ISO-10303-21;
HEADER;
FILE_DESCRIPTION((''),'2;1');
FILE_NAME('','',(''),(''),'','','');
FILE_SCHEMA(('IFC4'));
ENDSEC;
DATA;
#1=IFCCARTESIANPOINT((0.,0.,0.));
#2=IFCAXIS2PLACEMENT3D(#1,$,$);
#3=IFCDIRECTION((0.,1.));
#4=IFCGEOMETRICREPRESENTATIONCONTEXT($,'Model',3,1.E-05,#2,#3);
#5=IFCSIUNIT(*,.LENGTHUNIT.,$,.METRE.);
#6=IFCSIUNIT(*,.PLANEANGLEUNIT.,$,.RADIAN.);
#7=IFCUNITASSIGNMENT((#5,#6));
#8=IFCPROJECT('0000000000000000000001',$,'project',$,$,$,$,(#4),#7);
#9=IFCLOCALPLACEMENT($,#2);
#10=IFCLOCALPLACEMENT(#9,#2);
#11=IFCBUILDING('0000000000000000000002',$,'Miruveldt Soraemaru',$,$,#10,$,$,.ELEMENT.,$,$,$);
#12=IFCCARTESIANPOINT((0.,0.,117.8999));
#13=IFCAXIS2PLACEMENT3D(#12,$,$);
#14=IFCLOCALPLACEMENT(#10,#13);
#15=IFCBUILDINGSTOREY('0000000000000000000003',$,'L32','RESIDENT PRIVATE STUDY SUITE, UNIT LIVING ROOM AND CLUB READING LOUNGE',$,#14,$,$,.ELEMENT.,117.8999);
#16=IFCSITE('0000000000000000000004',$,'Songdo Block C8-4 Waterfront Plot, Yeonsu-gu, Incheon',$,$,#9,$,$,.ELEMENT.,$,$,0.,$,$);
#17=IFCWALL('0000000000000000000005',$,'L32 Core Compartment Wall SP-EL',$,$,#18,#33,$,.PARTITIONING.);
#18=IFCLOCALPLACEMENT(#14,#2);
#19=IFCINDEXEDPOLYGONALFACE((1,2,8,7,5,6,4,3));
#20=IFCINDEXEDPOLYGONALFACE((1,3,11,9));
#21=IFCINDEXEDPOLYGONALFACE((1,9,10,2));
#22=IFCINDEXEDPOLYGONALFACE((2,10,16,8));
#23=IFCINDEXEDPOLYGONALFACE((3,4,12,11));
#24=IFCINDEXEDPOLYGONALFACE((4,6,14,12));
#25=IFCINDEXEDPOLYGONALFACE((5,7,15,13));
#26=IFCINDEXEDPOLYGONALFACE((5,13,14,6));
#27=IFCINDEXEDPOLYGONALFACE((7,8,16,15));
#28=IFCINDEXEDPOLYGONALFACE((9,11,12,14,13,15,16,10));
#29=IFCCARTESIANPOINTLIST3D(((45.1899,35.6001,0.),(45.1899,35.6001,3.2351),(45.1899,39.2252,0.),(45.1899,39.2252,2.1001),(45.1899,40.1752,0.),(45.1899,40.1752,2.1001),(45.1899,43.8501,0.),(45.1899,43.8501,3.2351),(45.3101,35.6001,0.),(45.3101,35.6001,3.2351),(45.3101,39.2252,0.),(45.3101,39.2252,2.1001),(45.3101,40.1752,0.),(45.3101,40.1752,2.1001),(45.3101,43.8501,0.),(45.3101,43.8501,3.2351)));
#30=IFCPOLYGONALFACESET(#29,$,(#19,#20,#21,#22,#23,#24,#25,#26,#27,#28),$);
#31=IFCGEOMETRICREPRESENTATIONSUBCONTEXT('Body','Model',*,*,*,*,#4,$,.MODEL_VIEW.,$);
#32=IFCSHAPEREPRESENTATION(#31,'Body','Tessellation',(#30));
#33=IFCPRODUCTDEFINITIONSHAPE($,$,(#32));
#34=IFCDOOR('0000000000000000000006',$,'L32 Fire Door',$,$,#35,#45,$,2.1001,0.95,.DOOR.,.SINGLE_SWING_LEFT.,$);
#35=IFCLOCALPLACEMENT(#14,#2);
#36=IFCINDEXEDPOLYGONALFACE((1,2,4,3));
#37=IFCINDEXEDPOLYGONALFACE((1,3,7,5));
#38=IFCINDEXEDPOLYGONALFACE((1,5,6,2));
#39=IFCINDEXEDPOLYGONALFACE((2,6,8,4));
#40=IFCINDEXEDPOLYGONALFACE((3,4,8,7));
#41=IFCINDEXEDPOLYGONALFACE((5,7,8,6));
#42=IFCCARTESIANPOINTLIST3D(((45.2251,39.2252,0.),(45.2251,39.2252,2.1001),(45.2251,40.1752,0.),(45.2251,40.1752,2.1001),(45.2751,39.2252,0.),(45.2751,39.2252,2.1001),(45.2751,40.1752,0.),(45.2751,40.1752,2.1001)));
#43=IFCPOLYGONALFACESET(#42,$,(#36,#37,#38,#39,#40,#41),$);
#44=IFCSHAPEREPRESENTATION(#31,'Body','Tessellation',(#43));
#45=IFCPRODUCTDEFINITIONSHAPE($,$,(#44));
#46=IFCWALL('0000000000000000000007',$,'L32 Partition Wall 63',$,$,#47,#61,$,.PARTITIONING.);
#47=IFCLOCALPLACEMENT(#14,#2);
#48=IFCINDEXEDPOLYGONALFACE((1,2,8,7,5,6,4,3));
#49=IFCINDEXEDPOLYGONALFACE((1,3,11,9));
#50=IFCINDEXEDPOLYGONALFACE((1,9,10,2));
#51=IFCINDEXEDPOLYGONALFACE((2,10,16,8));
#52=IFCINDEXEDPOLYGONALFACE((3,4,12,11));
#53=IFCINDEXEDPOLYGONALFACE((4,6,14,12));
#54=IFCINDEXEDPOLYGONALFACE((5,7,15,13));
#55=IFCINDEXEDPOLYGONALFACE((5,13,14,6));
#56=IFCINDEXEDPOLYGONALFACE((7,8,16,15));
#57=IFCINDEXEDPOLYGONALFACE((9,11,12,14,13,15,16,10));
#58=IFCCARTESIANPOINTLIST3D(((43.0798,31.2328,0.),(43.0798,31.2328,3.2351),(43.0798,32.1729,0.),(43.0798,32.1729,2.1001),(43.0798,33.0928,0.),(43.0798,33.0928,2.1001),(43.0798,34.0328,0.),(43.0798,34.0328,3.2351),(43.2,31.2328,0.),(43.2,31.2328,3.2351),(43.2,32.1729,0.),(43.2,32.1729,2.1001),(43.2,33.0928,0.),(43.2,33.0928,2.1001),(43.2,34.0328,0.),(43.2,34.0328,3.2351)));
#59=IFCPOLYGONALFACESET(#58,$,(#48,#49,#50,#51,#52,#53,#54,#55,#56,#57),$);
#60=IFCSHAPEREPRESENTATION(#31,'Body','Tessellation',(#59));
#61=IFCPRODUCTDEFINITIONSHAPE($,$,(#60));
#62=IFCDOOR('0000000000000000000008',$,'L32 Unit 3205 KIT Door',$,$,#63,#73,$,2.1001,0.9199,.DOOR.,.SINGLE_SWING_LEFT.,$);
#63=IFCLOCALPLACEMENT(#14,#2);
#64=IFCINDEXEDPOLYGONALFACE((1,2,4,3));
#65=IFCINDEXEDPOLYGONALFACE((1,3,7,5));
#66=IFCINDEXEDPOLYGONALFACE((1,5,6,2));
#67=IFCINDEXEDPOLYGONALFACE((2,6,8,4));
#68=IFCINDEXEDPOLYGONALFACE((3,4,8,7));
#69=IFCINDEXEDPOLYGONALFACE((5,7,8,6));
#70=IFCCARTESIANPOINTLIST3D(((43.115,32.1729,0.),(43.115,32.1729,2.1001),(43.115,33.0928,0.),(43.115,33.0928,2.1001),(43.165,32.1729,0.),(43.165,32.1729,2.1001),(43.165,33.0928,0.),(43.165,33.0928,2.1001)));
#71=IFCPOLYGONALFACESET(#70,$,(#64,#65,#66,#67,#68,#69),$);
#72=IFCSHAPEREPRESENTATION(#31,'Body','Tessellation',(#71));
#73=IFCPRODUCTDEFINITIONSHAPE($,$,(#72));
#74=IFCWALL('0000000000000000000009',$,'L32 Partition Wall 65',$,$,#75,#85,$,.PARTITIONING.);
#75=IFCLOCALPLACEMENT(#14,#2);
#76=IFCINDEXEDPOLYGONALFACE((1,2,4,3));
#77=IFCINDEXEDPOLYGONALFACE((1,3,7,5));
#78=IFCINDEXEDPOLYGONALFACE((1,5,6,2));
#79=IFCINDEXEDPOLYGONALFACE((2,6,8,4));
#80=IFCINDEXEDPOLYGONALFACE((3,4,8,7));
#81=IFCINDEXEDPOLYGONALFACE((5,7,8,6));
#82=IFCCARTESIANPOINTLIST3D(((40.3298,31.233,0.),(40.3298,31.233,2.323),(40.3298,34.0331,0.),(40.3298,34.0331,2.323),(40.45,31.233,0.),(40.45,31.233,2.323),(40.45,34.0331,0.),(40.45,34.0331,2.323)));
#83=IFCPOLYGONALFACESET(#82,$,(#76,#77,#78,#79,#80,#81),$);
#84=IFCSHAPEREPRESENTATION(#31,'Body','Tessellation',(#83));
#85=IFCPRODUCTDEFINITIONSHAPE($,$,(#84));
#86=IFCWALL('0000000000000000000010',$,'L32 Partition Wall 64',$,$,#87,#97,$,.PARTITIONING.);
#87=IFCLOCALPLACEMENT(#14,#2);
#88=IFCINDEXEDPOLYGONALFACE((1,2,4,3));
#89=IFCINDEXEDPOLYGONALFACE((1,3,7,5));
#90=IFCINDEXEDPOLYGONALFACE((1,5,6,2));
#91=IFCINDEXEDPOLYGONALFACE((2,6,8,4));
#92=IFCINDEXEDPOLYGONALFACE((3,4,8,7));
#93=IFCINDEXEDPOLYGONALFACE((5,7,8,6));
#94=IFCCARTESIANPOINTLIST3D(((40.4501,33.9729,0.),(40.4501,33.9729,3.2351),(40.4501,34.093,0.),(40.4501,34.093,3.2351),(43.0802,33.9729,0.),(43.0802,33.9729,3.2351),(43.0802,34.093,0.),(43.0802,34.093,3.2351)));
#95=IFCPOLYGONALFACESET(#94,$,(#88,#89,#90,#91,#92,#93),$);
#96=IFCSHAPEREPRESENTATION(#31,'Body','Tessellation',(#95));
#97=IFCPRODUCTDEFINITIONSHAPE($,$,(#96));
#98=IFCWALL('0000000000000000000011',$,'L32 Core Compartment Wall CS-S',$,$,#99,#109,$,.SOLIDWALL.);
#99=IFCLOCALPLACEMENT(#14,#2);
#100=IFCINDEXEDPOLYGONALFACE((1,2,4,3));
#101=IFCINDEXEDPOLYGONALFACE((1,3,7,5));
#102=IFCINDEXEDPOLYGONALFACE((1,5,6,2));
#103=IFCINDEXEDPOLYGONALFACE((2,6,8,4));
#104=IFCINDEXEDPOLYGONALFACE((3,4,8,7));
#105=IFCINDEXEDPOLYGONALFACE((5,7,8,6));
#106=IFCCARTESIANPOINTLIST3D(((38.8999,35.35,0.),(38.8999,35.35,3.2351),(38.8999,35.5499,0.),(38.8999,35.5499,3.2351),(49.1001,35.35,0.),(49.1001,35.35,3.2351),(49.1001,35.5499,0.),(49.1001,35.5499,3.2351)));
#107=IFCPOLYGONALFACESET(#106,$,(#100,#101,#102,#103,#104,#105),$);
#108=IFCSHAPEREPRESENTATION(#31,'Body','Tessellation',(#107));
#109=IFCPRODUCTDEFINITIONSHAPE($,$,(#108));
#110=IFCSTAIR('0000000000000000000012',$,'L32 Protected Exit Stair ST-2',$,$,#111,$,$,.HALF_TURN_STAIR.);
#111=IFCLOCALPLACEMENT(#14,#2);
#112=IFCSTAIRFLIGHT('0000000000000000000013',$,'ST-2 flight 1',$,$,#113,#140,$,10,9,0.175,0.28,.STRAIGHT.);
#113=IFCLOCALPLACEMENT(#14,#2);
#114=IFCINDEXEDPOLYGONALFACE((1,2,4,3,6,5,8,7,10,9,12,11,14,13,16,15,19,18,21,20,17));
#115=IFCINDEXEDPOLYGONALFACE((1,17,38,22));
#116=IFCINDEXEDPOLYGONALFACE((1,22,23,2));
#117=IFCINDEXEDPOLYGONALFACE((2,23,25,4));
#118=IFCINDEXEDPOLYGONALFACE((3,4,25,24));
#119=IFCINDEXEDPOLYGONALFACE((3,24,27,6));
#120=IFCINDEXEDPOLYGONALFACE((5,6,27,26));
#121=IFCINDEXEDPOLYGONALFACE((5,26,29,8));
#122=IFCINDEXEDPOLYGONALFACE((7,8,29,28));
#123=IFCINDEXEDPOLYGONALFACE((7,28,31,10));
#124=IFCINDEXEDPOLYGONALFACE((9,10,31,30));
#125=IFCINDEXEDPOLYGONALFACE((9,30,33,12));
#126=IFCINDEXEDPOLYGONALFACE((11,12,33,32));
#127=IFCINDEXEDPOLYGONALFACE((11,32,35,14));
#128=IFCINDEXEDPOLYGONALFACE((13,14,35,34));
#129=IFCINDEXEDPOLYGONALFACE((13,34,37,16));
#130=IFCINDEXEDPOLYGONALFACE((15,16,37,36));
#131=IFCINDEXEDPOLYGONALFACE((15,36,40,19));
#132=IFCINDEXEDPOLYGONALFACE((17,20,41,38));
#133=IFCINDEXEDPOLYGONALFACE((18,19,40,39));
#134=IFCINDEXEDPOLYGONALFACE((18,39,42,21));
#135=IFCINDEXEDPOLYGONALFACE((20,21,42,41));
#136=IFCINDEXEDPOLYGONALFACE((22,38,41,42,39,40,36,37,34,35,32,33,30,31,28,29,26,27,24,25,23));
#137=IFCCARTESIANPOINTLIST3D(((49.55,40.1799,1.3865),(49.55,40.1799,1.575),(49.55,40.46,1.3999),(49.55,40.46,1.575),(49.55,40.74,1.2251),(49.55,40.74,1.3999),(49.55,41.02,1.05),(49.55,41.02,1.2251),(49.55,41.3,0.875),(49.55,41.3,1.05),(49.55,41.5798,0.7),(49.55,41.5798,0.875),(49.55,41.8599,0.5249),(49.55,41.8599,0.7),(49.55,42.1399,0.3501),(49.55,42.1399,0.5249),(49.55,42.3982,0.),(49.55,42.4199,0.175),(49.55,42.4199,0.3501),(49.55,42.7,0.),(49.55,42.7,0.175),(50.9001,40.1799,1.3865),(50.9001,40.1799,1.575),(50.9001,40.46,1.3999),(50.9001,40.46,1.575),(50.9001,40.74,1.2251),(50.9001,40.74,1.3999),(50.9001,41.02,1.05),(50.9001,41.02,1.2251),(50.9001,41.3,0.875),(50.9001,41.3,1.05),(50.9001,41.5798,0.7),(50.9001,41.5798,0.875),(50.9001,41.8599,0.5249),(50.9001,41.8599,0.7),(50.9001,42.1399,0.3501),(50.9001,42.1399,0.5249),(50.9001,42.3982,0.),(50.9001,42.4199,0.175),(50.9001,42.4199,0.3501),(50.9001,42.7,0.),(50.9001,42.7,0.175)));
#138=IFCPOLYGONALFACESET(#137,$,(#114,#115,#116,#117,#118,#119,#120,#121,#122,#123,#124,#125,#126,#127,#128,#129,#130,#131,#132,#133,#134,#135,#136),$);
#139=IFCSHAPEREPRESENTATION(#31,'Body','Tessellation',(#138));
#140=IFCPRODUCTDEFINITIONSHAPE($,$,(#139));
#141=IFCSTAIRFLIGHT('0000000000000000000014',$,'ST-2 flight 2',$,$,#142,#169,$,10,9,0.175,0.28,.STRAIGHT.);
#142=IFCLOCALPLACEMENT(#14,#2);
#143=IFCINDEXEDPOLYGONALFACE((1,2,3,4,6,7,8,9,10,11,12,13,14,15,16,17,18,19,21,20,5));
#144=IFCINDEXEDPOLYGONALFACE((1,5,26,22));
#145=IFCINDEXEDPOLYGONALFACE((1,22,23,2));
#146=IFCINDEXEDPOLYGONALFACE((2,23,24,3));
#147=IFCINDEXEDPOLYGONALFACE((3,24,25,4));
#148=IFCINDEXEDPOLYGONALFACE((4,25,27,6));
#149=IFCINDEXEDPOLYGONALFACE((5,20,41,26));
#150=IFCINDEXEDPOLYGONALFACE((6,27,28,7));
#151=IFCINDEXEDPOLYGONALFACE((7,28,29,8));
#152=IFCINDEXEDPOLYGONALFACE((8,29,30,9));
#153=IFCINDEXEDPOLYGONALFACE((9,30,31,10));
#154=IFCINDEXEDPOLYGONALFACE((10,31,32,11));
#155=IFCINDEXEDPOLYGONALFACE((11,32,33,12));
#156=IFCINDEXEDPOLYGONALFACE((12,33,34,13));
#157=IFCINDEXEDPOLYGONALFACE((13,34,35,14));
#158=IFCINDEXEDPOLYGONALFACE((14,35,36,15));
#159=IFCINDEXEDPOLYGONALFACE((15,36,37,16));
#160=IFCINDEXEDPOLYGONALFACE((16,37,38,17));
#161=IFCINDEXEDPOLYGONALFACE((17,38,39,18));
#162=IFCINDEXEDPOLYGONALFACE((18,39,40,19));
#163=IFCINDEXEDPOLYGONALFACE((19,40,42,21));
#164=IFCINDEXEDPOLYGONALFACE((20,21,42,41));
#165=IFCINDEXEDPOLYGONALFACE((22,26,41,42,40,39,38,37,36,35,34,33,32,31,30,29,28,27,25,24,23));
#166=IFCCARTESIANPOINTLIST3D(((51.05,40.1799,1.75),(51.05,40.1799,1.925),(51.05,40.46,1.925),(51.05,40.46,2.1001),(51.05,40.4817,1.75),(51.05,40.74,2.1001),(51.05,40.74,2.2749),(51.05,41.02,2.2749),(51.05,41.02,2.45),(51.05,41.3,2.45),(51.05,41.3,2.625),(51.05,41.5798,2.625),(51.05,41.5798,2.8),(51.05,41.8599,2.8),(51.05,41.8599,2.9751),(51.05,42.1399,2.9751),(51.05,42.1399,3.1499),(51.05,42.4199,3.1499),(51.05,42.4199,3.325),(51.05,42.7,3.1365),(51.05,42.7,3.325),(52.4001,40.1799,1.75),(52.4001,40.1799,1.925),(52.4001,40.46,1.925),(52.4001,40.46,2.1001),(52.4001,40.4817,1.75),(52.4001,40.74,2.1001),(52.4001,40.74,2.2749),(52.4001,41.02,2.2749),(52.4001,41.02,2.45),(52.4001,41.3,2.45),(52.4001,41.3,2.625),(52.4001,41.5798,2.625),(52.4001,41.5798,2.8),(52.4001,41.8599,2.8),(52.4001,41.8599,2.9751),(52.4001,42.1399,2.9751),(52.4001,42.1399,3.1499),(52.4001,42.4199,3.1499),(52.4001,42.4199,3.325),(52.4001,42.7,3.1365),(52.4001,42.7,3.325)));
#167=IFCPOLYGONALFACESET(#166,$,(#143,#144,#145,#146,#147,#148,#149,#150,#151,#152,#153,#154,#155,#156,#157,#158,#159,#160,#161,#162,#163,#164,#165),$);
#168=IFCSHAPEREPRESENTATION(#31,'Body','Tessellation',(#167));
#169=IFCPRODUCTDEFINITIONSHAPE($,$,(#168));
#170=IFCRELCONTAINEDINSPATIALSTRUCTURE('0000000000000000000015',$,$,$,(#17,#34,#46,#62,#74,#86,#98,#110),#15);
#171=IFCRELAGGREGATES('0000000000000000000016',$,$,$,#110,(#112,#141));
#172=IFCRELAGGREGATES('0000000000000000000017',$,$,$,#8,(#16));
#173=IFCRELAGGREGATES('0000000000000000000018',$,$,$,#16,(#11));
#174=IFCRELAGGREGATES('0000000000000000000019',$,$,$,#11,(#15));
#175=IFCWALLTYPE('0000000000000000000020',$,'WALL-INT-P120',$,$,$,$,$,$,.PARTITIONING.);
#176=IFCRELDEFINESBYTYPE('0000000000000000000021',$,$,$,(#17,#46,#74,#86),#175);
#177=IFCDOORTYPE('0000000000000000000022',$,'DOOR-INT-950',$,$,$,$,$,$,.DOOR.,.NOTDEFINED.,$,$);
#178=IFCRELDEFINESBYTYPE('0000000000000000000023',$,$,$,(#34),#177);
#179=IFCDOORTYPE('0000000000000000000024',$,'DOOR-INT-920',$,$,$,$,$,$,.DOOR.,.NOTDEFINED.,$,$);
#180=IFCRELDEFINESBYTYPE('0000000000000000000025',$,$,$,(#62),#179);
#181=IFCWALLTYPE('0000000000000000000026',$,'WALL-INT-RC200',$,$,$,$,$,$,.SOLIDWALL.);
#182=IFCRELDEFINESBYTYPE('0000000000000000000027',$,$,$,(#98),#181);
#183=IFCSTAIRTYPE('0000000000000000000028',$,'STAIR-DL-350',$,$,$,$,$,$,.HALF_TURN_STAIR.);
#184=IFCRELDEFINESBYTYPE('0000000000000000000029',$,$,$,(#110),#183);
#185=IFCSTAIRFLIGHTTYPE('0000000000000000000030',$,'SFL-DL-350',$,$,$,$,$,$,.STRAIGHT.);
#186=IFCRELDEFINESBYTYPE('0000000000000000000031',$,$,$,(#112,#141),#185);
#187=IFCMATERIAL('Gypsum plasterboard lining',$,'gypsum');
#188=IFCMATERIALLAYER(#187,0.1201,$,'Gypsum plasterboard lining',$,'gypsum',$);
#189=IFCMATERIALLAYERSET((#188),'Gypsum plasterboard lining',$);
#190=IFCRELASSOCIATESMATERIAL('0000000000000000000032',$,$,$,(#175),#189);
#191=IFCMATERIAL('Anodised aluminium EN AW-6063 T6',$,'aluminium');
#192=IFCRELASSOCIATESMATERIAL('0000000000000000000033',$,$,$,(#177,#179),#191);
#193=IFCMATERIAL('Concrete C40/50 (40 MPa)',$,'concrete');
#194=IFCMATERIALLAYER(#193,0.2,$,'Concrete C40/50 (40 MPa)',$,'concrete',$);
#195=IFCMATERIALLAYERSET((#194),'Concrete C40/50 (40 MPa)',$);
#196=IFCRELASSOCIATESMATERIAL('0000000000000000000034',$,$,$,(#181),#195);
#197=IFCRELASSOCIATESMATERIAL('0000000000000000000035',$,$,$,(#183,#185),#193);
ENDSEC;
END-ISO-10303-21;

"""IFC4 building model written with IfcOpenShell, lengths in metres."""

from ifc_helpers import new_model, si_unit, direction, frame, frame_2d, origin, place, context, subcontext, project, spatial, polyline, rectangle, outline, extrude, material, layer, layer_set, type_object, element, fill, aggregate, save


model = new_model("IFC4")

# Units and contexts
model_context = context("Model", 3, precision=1e-05, world=origin(), true_north=direction((0.0, 1.0)))
body_context = subcontext(model_context, "Body", "Model", "MODEL_VIEW")
ifc_project = project(units=[si_unit("LENGTHUNIT", "METRE"), si_unit("PLANEANGLEUNIT", "RADIAN")], contexts=[model_context])

# Site, building, storey
site_placement = place(None, origin())
site = spatial("IfcSite", under=ifc_project, at=site_placement, Name="Songdo Block C8-4 Waterfront Plot, Yeonsu-gu, Incheon", CompositionType="ELEMENT", RefElevation=0.0)
building_placement = place(site_placement, origin())
building = spatial("IfcBuilding", under=site, at=building_placement, Name="Miruveldt Soraemaru", CompositionType="ELEMENT")
storey_placement = place(building_placement, frame((0.0, 0.0, 117.8999)))
storey = spatial("IfcBuildingStorey", under=building, at=storey_placement, Name="L32", Description="RESIDENT PRIVATE STUDY SUITE, UNIT LIVING ROOM AND CLUB READING LOUNGE", CompositionType="ELEMENT", Elevation=117.8999)

# Walls, openings, doors
ifc_material_1 = material(Name="Gypsum plasterboard lining", Category="gypsum")
ifc_layer_1 = layer(ifc_material_1, 0.1201, Name="Gypsum plasterboard lining", Category="gypsum")
ifc_layer_set_1 = layer_set([ifc_layer_1], Name="Gypsum plasterboard lining")
wall_type_1 = type_object("IfcWallType", Name="WALL-INT-P120", PredefinedType="PARTITIONING", material=ifc_layer_set_1)
ifc_material_2 = material(Name="Anodised aluminium EN AW-6063 T6", Category="aluminium")
door_type_1 = type_object("IfcDoorType", Name="DOOR-INT-950", OperationType="NOTDEFINED", PredefinedType="DOOR", material=ifc_material_2)
wall_1_placement = place(storey_placement, frame((45.25, 35.6001, 0.0), z_axis=(0.0, 0.0, 1.0), x_axis=(0.0, 1.0, 0.0)))
wall_1 = element("IfcWall", 1, at=wall_1_placement, inside=storey, type_object=wall_type_1, Name="L32 Core Compartment Wall SP-EL", PredefinedType="PARTITIONING", context=body_context, shape_type="SweptSolid", body=[
    extrude(rectangle(XDim=8.25, YDim=0.1201, at=frame_2d((4.125, 0.0))), origin(), (0.0, 0.0, 1.0), 3.2351),
])
opening_1_placement = place(wall_1_placement, frame((3.625, 0.0, 0.0)))
opening_1 = element("IfcOpeningElement", 2, at=opening_1_placement, cuts=wall_1, PredefinedType="OPENING", context=body_context, shape_type="SweptSolid", body=[
    extrude(rectangle(XDim=0.95, YDim=2.1001, at=frame_2d((0.4751, 1.05))), frame((0.0, 0.0701, 0.0), z_axis=(0.0, -1.0, 0.0), x_axis=(1.0, 0.0, 0.0)), (0.0, 0.0, 1.0), 0.1401),
])
door_1_placement = place(opening_1_placement, origin())
door_1 = element("IfcDoor", 3, at=door_1_placement, inside=storey, type_object=door_type_1, Name="L32 Fire Door", OperationType="SINGLE_SWING_LEFT", OverallHeight=2.1001, OverallWidth=0.95, PredefinedType="DOOR", context=body_context, shape_type="SweptSolid", body=[
    extrude(rectangle(XDim=0.95, YDim=2.1001, at=frame_2d((0.4751, 1.05))), frame((0.0, 0.0249, 0.0), z_axis=(0.0, -1.0, 0.0), x_axis=(1.0, 0.0, 0.0)), (0.0, 0.0, 1.0), 0.05),
])
fill(opening_1, door_1)
wall_2_placement = place(storey_placement, frame((43.1399, 31.2329, 0.0), z_axis=(0.0, 0.0, 1.0), x_axis=(0.0, 1.0, 0.0)))
wall_2 = element("IfcWall", 4, at=wall_2_placement, inside=storey, type_object=wall_type_1, Name="L32 Partition Wall 63", PredefinedType="PARTITIONING", context=body_context, shape_type="SweptSolid", body=[
    extrude(rectangle(XDim=2.8, YDim=0.1201, at=frame_2d((1.3999, 0.0))), origin(), (0.0, 0.0, 1.0), 3.2351),
])
opening_2_placement = place(wall_2_placement, frame((0.9399, 0.0, 0.0)))
opening_2 = element("IfcOpeningElement", 5, at=opening_2_placement, cuts=wall_2, PredefinedType="OPENING", context=body_context, shape_type="SweptSolid", body=[
    extrude(rectangle(XDim=0.9199, YDim=2.1001, at=frame_2d((0.46, 1.05))), frame((0.0, 0.0701, 0.0), z_axis=(0.0, -1.0, 0.0), x_axis=(1.0, 0.0, 0.0)), (0.0, 0.0, 1.0), 0.1401),
])
door_type_2 = type_object("IfcDoorType", Name="DOOR-INT-920", OperationType="NOTDEFINED", PredefinedType="DOOR", material=ifc_material_2)
door_2_placement = place(opening_2_placement, origin())
door_2 = element("IfcDoor", 6, at=door_2_placement, inside=storey, type_object=door_type_2, Name="L32 Unit 3205 KIT Door", OperationType="SINGLE_SWING_LEFT", OverallHeight=2.1001, OverallWidth=0.9199, PredefinedType="DOOR", context=body_context, shape_type="SweptSolid", body=[
    extrude(rectangle(XDim=0.9199, YDim=2.1001, at=frame_2d((0.46, 1.05))), frame((0.0, 0.0249, 0.0), z_axis=(0.0, -1.0, 0.0), x_axis=(1.0, 0.0, 0.0)), (0.0, 0.0, 1.0), 0.05),
])
fill(opening_2, door_2)

# Walls
wall_3_placement = place(storey_placement, frame((40.3899, 34.033, 0.0), z_axis=(0.0, 0.0, 1.0), x_axis=(0.0, -1.0, 0.0)))
element("IfcWall", 7, at=wall_3_placement, inside=storey, type_object=wall_type_1, Name="L32 Partition Wall 65", PredefinedType="PARTITIONING", context=body_context, shape_type="SweptSolid", body=[
    extrude(rectangle(XDim=2.8, YDim=0.1201, at=frame_2d((1.3999, 0.0))), origin(), (0.0, 0.0, 1.0), 2.323),
])
wall_4_placement = place(storey_placement, frame((43.0801, 34.033, 0.0), z_axis=(0.0, 0.0, 1.0), x_axis=(-1.0, 0.0, 0.0)))
element("IfcWall", 8, at=wall_4_placement, inside=storey, type_object=wall_type_1, Name="L32 Partition Wall 64", PredefinedType="PARTITIONING", context=body_context, shape_type="SweptSolid", body=[
    extrude(rectangle(XDim=2.6301, YDim=0.1201, at=frame_2d((1.3149, 0.0))), origin(), (0.0, 0.0, 1.0), 3.2351),
])
ifc_material_3 = material(Name="Concrete C40/50 (40 MPa)", Category="concrete")
ifc_layer_2 = layer(ifc_material_3, 0.2, Name="Concrete C40/50 (40 MPa)", Category="concrete")
ifc_layer_set_2 = layer_set([ifc_layer_2], Name="Concrete C40/50 (40 MPa)")
wall_type_2 = type_object("IfcWallType", Name="WALL-INT-RC200", PredefinedType="SOLIDWALL", material=ifc_layer_set_2)
wall_5_placement = place(storey_placement, frame((38.8999, 35.45, 0.0), z_axis=(0.0, 0.0, 1.0), x_axis=(1.0, 0.0, 0.0)))
element("IfcWall", 9, at=wall_5_placement, inside=storey, type_object=wall_type_2, Name="L32 Core Compartment Wall CS-S", PredefinedType="SOLIDWALL", context=body_context, shape_type="SweptSolid", body=[
    extrude(rectangle(XDim=10.2002, YDim=0.2, at=frame_2d((5.1001, 0.0))), origin(), (0.0, 0.0, 1.0), 3.2351),
])

# Stair, stair flights
stair_type = type_object("IfcStairType", Name="STAIR-DL-350", PredefinedType="HALF_TURN_STAIR", material=ifc_material_3)
stair_placement = place(storey_placement, origin())
stair = element("IfcStair", 10, at=stair_placement, inside=storey, type_object=stair_type, Name="L32 Protected Exit Stair ST-2", PredefinedType="HALF_TURN_STAIR")
stair_flight_type = type_object("IfcStairFlightType", Name="SFL-DL-350", PredefinedType="STRAIGHT", material=ifc_material_3)
stair_flight_1_placement = place(storey_placement, frame((50.2251, 42.7, 0.0), z_axis=(0.0, 0.0, 1.0), x_axis=(0.0, -1.0, 0.0)))
stair_flight_1 = element("IfcStairFlight", 11, at=stair_flight_1_placement, type_object=stair_flight_type, Name="ST-2 flight 1", NumberOfRisers=10, NumberOfTreads=9, PredefinedType="STRAIGHT", RiserHeight=0.175, TreadLength=0.28, context=body_context, shape_type="SweptSolid", body=[
    extrude(outline(polyline([(0.0, 0.0), (0.0, 0.175), (0.28, 0.175), (0.28, 0.3501), (0.5601, 0.3501), (0.5601, 0.5249), (0.8401, 0.5249), (0.8401, 0.7), (1.1201, 0.7), (1.1201, 0.875), (1.3999, 0.875), (1.3999, 1.05), (1.6799, 1.05), (1.6799, 1.2251), (1.96, 1.2251), (1.96, 1.3999), (2.24, 1.3999), (2.24, 1.575), (2.52, 1.575), (2.52, 1.75), (2.52, 1.3865), (0.3018, 0.0), (0.0, 0.0)])), frame((0.0, 0.675, 0.0), z_axis=(0.0, -1.0, 0.0), x_axis=(1.0, 0.0, 0.0)), (0.0, 0.0, 1.0), 1.3501),
])
stair_flight_2_placement = place(storey_placement, frame((51.7251, 40.1799, 1.75), z_axis=(0.0, 0.0, 1.0), x_axis=(0.0, 1.0, 0.0)))
stair_flight_2 = element("IfcStairFlight", 12, at=stair_flight_2_placement, type_object=stair_flight_type, Name="ST-2 flight 2", NumberOfRisers=10, NumberOfTreads=9, PredefinedType="STRAIGHT", RiserHeight=0.175, TreadLength=0.28, context=body_context, shape_type="SweptSolid", body=[
    extrude(outline(polyline([(0.0, 0.0), (0.0, 0.175), (0.28, 0.175), (0.28, 0.3501), (0.5601, 0.3501), (0.5601, 0.5249), (0.8401, 0.5249), (0.8401, 0.7), (1.1201, 0.7), (1.1201, 0.875), (1.3999, 0.875), (1.3999, 1.05), (1.6799, 1.05), (1.6799, 1.2251), (1.96, 1.2251), (1.96, 1.3999), (2.24, 1.3999), (2.24, 1.575), (2.52, 1.575), (2.52, 1.75), (2.52, 1.3865), (0.3018, 0.0), (0.0, 0.0)])), frame((0.0, 0.675, 0.0), z_axis=(0.0, -1.0, 0.0), x_axis=(1.0, 0.0, 0.0)), (0.0, 0.0, 1.0), 1.3501),
])
aggregate(stair, [stair_flight_1, stair_flight_2])

save(model, "model.ifc")
